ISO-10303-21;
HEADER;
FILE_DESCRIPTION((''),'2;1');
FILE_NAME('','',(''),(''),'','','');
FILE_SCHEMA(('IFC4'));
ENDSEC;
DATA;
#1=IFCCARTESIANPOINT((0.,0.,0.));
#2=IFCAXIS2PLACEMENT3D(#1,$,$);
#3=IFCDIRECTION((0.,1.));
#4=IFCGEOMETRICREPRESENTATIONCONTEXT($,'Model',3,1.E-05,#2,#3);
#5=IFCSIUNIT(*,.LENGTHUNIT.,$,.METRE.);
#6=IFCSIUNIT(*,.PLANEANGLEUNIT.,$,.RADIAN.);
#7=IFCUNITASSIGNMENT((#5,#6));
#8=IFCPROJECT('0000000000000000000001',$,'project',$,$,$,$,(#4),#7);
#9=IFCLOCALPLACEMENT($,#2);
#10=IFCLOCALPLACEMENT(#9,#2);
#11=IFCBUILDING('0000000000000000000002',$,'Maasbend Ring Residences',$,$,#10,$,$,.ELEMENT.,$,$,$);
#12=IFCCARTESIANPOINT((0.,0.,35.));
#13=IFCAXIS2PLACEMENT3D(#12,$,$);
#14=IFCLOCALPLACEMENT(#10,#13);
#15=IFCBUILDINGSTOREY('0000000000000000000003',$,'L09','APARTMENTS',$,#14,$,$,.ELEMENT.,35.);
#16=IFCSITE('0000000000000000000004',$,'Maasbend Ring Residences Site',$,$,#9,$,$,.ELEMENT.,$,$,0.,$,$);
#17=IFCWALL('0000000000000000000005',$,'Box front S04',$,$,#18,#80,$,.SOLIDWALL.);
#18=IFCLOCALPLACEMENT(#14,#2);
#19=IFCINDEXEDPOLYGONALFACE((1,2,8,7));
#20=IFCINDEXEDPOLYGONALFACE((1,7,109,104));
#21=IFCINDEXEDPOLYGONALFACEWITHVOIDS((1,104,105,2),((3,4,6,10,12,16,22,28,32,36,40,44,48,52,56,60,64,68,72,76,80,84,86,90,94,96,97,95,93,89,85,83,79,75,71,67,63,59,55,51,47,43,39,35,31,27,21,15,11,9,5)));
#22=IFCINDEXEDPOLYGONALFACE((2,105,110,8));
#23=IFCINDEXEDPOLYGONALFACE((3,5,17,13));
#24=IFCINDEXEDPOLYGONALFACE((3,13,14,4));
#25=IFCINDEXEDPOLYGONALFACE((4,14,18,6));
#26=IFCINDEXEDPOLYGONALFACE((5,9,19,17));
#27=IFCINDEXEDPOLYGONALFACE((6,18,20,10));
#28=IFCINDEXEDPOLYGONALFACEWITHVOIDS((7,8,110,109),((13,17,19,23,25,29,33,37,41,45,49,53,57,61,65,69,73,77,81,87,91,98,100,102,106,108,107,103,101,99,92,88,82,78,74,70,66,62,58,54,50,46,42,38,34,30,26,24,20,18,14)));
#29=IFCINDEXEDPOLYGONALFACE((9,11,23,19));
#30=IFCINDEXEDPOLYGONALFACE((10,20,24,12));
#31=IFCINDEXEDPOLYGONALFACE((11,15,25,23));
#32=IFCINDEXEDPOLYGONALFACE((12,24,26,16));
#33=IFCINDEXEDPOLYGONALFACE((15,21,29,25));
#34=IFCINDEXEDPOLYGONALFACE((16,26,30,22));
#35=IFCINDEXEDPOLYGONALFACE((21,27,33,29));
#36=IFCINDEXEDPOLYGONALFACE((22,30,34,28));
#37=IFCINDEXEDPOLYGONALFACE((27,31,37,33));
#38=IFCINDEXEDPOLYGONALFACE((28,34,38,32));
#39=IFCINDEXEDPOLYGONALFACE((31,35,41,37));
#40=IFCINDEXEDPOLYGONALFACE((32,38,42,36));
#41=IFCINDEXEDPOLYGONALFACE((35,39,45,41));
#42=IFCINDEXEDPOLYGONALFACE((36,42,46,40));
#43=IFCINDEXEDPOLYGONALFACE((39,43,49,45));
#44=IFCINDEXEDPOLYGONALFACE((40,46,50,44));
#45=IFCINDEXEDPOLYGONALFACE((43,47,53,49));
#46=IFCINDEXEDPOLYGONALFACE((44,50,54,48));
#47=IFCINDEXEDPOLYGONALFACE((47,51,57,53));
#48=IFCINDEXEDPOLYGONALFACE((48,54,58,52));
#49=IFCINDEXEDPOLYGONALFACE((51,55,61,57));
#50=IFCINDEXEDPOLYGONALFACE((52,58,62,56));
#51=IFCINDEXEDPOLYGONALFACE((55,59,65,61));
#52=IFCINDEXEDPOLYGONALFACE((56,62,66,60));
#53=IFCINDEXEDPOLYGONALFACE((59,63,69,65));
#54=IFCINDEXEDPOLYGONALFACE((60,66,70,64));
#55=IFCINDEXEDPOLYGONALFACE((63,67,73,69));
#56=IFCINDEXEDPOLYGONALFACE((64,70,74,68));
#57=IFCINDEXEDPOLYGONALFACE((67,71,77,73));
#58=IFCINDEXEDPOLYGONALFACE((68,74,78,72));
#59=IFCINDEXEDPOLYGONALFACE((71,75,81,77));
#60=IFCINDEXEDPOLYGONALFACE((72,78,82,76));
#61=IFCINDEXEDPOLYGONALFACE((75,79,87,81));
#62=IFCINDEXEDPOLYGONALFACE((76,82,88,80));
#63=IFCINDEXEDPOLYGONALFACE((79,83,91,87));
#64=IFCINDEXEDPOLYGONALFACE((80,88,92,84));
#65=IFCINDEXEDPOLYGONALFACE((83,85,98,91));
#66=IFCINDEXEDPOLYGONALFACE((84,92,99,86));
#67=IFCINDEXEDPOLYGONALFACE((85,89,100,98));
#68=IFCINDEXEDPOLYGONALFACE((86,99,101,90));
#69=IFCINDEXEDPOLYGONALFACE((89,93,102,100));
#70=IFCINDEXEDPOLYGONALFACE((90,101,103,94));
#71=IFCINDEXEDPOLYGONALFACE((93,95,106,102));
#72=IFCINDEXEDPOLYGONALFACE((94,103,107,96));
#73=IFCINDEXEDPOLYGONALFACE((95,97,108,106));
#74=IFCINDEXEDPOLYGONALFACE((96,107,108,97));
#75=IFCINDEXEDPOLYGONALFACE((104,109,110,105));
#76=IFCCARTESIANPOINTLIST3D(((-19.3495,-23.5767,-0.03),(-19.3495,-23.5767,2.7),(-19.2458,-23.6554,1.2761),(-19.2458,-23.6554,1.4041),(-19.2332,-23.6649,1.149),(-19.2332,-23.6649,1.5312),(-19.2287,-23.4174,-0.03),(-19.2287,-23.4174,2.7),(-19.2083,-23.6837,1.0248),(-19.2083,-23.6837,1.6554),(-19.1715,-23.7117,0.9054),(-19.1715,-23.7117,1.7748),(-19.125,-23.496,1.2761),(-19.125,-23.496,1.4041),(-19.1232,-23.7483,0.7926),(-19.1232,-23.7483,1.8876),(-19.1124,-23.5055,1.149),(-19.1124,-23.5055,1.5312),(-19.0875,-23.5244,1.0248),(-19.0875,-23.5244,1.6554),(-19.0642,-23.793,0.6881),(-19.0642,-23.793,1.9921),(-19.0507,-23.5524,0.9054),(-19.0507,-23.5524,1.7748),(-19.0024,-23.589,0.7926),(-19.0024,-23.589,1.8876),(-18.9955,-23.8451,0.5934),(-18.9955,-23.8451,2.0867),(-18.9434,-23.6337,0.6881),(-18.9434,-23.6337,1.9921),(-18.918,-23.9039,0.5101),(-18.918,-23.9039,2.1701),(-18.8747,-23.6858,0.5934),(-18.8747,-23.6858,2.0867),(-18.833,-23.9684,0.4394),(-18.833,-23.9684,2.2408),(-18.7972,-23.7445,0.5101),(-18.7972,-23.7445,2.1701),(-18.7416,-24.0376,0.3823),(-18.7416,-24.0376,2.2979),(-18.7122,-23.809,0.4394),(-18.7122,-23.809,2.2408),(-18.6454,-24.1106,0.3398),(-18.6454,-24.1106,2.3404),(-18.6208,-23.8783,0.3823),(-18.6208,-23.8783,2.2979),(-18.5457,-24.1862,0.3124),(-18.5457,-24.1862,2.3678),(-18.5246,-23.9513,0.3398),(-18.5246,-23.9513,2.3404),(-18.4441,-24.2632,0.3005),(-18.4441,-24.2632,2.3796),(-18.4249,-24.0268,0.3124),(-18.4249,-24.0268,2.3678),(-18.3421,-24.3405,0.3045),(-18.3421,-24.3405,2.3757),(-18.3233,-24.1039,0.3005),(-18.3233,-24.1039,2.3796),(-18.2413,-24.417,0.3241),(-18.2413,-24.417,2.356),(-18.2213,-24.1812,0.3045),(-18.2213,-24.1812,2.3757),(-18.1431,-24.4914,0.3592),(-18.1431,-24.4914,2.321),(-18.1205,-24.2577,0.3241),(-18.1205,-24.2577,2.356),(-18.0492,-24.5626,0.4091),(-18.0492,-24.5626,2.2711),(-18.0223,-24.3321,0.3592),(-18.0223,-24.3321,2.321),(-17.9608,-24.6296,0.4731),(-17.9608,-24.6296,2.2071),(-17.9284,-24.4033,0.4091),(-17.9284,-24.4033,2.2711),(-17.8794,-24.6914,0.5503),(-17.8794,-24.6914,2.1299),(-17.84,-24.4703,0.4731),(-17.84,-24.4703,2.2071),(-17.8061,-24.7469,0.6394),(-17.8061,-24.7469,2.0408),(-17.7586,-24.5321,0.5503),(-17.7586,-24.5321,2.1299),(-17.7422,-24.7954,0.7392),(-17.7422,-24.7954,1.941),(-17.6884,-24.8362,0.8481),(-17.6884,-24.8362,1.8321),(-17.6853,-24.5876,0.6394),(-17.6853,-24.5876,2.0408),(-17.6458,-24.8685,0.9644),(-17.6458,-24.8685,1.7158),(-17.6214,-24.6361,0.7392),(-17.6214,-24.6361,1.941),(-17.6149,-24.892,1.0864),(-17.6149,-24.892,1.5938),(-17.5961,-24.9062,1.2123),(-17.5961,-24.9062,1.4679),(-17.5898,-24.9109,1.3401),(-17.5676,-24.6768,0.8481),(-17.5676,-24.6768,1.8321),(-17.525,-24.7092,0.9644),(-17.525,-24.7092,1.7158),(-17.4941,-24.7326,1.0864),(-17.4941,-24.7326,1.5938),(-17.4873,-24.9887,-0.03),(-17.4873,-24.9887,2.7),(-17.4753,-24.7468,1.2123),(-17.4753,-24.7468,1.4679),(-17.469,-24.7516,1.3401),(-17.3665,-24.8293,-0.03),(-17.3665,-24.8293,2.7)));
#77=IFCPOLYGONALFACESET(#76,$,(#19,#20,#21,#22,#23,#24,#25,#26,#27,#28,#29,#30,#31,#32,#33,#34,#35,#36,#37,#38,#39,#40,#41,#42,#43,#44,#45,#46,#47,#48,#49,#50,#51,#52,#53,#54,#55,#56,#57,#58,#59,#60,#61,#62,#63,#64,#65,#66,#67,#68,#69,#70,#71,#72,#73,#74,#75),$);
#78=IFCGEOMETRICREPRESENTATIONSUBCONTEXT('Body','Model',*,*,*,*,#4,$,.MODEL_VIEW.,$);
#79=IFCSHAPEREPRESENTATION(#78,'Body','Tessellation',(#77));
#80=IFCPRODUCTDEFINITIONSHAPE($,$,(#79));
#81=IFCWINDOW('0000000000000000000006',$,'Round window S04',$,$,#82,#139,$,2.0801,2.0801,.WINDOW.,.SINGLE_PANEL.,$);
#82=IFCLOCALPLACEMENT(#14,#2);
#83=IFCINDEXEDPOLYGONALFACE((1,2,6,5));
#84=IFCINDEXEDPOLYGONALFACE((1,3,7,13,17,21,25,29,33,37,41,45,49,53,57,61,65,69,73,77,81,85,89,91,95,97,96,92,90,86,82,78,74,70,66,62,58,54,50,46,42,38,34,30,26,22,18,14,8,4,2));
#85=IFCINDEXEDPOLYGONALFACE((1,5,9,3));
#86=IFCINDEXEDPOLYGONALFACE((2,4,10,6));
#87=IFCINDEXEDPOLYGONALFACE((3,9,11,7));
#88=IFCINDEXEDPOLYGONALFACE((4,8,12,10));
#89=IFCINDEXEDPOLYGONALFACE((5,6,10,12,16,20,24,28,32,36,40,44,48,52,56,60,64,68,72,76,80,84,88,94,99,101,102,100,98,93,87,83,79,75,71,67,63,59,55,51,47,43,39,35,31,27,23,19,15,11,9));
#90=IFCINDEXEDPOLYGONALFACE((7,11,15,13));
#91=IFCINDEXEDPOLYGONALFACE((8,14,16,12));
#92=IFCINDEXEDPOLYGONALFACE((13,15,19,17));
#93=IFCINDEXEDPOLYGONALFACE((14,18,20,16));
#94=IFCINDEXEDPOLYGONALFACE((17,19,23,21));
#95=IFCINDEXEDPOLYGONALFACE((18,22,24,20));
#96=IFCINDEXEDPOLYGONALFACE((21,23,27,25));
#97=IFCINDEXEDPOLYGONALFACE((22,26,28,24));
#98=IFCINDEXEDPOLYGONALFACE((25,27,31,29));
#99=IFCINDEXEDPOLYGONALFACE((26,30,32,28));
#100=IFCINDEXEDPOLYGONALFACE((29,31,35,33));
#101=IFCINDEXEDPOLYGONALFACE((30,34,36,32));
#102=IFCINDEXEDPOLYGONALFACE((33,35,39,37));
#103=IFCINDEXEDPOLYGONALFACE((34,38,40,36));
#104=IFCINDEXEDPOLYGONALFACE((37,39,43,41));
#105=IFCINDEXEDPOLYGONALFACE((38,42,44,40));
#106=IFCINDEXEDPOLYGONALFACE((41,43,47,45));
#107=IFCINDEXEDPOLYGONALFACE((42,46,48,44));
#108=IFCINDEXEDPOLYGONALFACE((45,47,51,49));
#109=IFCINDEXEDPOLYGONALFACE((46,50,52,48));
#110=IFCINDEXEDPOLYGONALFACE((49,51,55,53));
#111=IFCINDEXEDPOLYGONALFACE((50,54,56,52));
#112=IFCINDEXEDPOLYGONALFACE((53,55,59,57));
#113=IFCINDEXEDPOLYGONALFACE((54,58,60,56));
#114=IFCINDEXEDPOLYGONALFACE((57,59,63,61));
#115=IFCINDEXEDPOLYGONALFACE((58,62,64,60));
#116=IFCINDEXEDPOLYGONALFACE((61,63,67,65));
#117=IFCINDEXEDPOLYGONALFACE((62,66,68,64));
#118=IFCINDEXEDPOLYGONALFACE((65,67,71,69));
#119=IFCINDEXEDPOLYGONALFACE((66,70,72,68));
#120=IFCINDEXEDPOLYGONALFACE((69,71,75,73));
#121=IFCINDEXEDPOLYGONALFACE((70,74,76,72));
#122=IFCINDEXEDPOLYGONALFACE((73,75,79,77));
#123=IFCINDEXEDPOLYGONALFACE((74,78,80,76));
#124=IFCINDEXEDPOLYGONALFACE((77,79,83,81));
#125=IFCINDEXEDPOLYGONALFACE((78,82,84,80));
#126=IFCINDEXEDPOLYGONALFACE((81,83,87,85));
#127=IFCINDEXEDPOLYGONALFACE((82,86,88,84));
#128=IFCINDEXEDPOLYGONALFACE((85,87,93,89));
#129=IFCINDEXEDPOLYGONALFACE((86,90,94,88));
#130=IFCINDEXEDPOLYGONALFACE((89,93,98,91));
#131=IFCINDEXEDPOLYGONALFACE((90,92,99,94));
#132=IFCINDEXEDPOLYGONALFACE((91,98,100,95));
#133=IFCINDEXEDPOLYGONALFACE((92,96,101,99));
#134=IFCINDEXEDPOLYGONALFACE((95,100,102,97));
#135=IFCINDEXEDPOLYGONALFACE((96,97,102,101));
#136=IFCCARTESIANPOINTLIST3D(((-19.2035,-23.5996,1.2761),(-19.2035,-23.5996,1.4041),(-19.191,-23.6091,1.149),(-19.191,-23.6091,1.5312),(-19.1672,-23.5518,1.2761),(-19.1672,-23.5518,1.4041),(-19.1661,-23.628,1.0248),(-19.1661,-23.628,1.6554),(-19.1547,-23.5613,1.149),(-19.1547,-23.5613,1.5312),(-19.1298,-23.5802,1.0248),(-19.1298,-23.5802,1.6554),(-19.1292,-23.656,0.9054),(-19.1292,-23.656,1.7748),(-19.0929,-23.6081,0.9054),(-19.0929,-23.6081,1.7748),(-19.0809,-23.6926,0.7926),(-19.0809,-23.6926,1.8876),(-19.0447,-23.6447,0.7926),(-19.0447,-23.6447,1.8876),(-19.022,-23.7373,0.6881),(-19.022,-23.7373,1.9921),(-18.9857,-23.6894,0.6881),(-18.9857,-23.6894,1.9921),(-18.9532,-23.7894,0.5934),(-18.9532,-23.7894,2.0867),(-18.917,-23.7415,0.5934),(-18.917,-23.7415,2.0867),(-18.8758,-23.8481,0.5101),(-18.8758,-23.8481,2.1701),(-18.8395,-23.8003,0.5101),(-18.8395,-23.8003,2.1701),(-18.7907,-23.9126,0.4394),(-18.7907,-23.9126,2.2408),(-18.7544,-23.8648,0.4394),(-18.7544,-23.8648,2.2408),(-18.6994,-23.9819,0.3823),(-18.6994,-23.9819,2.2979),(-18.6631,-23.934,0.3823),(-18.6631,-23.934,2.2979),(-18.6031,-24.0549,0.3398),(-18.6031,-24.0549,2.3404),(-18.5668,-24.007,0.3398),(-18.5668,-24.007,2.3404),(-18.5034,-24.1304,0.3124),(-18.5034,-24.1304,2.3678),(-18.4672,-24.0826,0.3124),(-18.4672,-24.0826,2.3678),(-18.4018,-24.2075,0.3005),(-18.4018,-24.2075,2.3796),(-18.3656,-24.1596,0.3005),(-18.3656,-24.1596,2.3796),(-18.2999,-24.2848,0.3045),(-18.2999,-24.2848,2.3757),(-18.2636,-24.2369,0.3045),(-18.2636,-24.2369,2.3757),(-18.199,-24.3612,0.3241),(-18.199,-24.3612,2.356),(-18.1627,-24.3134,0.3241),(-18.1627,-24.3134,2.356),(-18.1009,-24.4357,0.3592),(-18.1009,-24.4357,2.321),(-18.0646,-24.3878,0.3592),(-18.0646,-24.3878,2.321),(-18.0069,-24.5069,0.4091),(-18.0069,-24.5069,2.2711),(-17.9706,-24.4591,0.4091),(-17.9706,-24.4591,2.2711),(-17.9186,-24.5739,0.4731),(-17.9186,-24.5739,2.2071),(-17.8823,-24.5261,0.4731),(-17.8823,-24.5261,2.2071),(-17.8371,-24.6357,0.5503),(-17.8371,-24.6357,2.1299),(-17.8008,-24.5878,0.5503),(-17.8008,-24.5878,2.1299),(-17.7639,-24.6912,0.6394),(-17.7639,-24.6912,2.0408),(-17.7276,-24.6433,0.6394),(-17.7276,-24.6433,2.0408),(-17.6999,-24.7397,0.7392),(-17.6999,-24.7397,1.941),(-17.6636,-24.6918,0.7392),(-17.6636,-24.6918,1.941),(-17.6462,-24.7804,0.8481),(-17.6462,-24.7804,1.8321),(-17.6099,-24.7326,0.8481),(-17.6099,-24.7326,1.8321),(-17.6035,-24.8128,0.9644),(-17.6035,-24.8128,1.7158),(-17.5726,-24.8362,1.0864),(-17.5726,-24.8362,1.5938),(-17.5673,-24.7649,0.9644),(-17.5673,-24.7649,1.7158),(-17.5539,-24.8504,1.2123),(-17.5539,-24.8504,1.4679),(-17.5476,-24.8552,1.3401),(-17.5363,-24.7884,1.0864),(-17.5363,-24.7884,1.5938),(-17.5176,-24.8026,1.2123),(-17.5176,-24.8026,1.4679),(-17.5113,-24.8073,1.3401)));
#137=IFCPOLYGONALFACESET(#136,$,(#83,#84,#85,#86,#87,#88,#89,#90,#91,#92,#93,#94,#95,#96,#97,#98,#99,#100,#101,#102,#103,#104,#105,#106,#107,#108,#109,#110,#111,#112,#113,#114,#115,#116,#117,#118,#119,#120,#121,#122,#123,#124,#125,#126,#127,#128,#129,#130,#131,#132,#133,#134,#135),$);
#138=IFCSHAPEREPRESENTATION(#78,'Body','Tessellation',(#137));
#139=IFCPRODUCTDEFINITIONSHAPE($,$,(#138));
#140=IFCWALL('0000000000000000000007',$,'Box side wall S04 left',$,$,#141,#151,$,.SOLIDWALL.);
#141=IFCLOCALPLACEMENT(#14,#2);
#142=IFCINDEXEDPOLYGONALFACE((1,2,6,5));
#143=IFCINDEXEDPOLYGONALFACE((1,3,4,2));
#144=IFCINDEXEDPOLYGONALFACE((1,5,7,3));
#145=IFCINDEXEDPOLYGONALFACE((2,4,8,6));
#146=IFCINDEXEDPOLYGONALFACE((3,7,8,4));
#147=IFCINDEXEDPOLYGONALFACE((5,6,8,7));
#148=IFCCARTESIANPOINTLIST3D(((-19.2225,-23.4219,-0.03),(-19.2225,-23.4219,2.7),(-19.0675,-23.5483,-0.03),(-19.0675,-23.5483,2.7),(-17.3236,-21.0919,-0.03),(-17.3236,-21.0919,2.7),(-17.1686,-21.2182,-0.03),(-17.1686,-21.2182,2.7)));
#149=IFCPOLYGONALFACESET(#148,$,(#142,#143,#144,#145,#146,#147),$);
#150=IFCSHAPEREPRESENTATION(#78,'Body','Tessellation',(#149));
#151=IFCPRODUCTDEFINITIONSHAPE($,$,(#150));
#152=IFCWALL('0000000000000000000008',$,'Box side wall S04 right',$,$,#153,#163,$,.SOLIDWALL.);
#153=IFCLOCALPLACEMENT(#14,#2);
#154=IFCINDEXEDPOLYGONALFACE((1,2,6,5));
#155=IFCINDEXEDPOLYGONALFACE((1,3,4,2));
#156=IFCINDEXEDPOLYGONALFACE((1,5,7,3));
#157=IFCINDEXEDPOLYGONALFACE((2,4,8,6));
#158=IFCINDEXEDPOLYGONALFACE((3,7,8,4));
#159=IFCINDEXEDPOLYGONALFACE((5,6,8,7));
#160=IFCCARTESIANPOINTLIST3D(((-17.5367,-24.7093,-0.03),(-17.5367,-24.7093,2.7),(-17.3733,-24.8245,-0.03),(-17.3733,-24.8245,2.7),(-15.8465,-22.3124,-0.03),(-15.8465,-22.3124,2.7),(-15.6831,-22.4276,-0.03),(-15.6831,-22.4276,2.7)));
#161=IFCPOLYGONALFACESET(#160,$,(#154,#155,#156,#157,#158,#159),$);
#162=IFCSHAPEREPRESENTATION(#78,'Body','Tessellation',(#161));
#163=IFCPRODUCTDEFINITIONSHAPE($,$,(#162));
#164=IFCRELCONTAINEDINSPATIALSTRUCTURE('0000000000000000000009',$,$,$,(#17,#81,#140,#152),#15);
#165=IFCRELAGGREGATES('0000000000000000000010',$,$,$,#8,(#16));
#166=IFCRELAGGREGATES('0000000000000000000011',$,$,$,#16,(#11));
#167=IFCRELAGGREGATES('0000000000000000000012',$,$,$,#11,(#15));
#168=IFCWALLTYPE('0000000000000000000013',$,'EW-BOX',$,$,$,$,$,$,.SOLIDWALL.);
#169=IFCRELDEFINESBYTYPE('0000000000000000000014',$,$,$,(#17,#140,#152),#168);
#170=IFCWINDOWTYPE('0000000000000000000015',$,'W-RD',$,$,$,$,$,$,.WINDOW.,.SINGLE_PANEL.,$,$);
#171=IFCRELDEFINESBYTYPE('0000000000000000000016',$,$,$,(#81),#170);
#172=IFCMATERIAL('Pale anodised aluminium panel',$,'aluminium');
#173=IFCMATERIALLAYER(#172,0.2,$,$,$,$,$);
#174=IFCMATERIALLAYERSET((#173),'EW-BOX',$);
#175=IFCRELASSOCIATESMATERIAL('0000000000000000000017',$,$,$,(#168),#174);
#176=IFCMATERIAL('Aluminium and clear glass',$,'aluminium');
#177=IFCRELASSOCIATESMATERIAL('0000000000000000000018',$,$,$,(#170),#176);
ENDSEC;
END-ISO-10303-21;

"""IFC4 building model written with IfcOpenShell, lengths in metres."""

from ifc_helpers import new_model, si_unit, direction, frame, frame_2d, origin, place, context, subcontext, project, spatial, rectangle, circle, extrude, material, layer, layer_set, type_object, element, fill, save


model = new_model("IFC4")

# Units and contexts
model_context = context("Model", 3, precision=1e-05, world=origin(), true_north=direction((0.0, 1.0)))
body_context = subcontext(model_context, "Body", "Model", "MODEL_VIEW")
ifc_project = project(units=[si_unit("LENGTHUNIT", "METRE"), si_unit("PLANEANGLEUNIT", "RADIAN")], contexts=[model_context])

# Site, building, storey
site_placement = place(None, origin())
site = spatial("IfcSite", under=ifc_project, at=site_placement, Name="Maasbend Ring Residences Site", CompositionType="ELEMENT", RefElevation=0.0)
building_placement = place(site_placement, origin())
building = spatial("IfcBuilding", under=site, at=building_placement, Name="Maasbend Ring Residences", CompositionType="ELEMENT")
storey_placement = place(building_placement, frame((0.0, 0.0, 35.0)))
storey = spatial("IfcBuildingStorey", under=building, at=storey_placement, Name="L09", Description="APARTMENTS", CompositionType="ELEMENT", Elevation=35.0)

# Shared definitions
ifc_material_1 = material(Name="Pale anodised aluminium panel", Category="aluminium")
ifc_layer_1 = layer(ifc_material_1, 0.2)
ifc_layer_set_1 = layer_set([ifc_layer_1], Name="EW-BOX")
wall_type_1 = type_object("IfcWallType", Name="EW-BOX", PredefinedType="SOLIDWALL", material=ifc_layer_set_1)
ifc_material_2 = material(Name="Aluminium and clear glass", Category="aluminium")
window_type_1 = type_object("IfcWindowType", Name="W-RD", PartitioningType="SINGLE_PANEL", PredefinedType="WINDOW", material=ifc_material_2)

# Wall, opening, window
wall_1_placement = place(storey_placement, frame((-19.2891, -23.4971, -0.03), z_axis=(0.0, 0.0, 1.0), x_axis=(0.796842, -0.604188, 0.0)))
wall_1 = element("IfcWall", 1, at=wall_1_placement, inside=storey, type_object=wall_type_1, Name="Box front S04", PredefinedType="SOLIDWALL", context=body_context, shape_type="SweptSolid", body=[
    extrude(rectangle(XDim=2.3369, YDim=0.2, at=frame_2d((1.1685, 0.0))), origin(), (0.0, 0.0, 1.0), 2.73),
])
opening_1_placement = place(wall_1_placement, frame((0.1282, 0.0, 0.3301)))
opening_1 = element("IfcOpeningElement", 2, at=opening_1_placement, cuts=wall_1, PredefinedType="OPENING", context=body_context, shape_type="SweptSolid", body=[
    extrude(circle(Radius=1.04, at=frame_2d((1.04, 1.04))), frame((0.0, 0.1099, 0.0), z_axis=(0.0, -1.0, 0.0), x_axis=(1.0, 0.0, 0.0)), (0.0, 0.0, 1.0), 0.22),
])
window_1_placement = place(opening_1_placement, origin())
window_1 = element("IfcWindow", 3, at=window_1_placement, inside=storey, type_object=window_type_1, Name="Round window S04", OverallHeight=2.0801, OverallWidth=2.0801, PartitioningType="SINGLE_PANEL", PredefinedType="WINDOW", context=body_context, shape_type="SweptSolid", body=[
    extrude(circle(Radius=1.04, at=frame_2d((1.04, 1.04))), frame((0.0, 0.03, 0.0), z_axis=(0.0, -1.0, 0.0), x_axis=(1.0, 0.0, 0.0)), (0.0, 0.0, 1.0), 0.0601),
])
fill(opening_1, window_1)

# Walls
wall_2_placement = place(storey_placement, frame((-17.2461, -21.155, -0.03), z_axis=(0.0, 0.0, 1.0), x_axis=(-0.631742, -0.775179, 0.0)))
element("IfcWall", 4, at=wall_2_placement, inside=storey, type_object=wall_type_1, Name="Box side wall S04 left", PredefinedType="SOLIDWALL", context=body_context, shape_type="SweptSolid", body=[
    extrude(rectangle(XDim=3.0059, YDim=0.2, at=frame_2d((1.5029, 0.0))), origin(), (0.0, 0.0, 1.0), 2.73),
])
wall_3_placement = place(storey_placement, frame((-15.7649, -22.3701, -0.03), z_axis=(0.0, 0.0, 1.0), x_axis=(-0.576275, -0.817256, 0.0)))
element("IfcWall", 5, at=wall_3_placement, inside=storey, type_object=wall_type_1, Name="Box side wall S04 right", PredefinedType="SOLIDWALL", context=body_context, shape_type="SweptSolid", body=[
    extrude(rectangle(XDim=2.9329, YDim=0.2, at=frame_2d((1.4663, 0.0))), origin(), (0.0, 0.0, 1.0), 2.73),
])

save(model, "model.ifc")
